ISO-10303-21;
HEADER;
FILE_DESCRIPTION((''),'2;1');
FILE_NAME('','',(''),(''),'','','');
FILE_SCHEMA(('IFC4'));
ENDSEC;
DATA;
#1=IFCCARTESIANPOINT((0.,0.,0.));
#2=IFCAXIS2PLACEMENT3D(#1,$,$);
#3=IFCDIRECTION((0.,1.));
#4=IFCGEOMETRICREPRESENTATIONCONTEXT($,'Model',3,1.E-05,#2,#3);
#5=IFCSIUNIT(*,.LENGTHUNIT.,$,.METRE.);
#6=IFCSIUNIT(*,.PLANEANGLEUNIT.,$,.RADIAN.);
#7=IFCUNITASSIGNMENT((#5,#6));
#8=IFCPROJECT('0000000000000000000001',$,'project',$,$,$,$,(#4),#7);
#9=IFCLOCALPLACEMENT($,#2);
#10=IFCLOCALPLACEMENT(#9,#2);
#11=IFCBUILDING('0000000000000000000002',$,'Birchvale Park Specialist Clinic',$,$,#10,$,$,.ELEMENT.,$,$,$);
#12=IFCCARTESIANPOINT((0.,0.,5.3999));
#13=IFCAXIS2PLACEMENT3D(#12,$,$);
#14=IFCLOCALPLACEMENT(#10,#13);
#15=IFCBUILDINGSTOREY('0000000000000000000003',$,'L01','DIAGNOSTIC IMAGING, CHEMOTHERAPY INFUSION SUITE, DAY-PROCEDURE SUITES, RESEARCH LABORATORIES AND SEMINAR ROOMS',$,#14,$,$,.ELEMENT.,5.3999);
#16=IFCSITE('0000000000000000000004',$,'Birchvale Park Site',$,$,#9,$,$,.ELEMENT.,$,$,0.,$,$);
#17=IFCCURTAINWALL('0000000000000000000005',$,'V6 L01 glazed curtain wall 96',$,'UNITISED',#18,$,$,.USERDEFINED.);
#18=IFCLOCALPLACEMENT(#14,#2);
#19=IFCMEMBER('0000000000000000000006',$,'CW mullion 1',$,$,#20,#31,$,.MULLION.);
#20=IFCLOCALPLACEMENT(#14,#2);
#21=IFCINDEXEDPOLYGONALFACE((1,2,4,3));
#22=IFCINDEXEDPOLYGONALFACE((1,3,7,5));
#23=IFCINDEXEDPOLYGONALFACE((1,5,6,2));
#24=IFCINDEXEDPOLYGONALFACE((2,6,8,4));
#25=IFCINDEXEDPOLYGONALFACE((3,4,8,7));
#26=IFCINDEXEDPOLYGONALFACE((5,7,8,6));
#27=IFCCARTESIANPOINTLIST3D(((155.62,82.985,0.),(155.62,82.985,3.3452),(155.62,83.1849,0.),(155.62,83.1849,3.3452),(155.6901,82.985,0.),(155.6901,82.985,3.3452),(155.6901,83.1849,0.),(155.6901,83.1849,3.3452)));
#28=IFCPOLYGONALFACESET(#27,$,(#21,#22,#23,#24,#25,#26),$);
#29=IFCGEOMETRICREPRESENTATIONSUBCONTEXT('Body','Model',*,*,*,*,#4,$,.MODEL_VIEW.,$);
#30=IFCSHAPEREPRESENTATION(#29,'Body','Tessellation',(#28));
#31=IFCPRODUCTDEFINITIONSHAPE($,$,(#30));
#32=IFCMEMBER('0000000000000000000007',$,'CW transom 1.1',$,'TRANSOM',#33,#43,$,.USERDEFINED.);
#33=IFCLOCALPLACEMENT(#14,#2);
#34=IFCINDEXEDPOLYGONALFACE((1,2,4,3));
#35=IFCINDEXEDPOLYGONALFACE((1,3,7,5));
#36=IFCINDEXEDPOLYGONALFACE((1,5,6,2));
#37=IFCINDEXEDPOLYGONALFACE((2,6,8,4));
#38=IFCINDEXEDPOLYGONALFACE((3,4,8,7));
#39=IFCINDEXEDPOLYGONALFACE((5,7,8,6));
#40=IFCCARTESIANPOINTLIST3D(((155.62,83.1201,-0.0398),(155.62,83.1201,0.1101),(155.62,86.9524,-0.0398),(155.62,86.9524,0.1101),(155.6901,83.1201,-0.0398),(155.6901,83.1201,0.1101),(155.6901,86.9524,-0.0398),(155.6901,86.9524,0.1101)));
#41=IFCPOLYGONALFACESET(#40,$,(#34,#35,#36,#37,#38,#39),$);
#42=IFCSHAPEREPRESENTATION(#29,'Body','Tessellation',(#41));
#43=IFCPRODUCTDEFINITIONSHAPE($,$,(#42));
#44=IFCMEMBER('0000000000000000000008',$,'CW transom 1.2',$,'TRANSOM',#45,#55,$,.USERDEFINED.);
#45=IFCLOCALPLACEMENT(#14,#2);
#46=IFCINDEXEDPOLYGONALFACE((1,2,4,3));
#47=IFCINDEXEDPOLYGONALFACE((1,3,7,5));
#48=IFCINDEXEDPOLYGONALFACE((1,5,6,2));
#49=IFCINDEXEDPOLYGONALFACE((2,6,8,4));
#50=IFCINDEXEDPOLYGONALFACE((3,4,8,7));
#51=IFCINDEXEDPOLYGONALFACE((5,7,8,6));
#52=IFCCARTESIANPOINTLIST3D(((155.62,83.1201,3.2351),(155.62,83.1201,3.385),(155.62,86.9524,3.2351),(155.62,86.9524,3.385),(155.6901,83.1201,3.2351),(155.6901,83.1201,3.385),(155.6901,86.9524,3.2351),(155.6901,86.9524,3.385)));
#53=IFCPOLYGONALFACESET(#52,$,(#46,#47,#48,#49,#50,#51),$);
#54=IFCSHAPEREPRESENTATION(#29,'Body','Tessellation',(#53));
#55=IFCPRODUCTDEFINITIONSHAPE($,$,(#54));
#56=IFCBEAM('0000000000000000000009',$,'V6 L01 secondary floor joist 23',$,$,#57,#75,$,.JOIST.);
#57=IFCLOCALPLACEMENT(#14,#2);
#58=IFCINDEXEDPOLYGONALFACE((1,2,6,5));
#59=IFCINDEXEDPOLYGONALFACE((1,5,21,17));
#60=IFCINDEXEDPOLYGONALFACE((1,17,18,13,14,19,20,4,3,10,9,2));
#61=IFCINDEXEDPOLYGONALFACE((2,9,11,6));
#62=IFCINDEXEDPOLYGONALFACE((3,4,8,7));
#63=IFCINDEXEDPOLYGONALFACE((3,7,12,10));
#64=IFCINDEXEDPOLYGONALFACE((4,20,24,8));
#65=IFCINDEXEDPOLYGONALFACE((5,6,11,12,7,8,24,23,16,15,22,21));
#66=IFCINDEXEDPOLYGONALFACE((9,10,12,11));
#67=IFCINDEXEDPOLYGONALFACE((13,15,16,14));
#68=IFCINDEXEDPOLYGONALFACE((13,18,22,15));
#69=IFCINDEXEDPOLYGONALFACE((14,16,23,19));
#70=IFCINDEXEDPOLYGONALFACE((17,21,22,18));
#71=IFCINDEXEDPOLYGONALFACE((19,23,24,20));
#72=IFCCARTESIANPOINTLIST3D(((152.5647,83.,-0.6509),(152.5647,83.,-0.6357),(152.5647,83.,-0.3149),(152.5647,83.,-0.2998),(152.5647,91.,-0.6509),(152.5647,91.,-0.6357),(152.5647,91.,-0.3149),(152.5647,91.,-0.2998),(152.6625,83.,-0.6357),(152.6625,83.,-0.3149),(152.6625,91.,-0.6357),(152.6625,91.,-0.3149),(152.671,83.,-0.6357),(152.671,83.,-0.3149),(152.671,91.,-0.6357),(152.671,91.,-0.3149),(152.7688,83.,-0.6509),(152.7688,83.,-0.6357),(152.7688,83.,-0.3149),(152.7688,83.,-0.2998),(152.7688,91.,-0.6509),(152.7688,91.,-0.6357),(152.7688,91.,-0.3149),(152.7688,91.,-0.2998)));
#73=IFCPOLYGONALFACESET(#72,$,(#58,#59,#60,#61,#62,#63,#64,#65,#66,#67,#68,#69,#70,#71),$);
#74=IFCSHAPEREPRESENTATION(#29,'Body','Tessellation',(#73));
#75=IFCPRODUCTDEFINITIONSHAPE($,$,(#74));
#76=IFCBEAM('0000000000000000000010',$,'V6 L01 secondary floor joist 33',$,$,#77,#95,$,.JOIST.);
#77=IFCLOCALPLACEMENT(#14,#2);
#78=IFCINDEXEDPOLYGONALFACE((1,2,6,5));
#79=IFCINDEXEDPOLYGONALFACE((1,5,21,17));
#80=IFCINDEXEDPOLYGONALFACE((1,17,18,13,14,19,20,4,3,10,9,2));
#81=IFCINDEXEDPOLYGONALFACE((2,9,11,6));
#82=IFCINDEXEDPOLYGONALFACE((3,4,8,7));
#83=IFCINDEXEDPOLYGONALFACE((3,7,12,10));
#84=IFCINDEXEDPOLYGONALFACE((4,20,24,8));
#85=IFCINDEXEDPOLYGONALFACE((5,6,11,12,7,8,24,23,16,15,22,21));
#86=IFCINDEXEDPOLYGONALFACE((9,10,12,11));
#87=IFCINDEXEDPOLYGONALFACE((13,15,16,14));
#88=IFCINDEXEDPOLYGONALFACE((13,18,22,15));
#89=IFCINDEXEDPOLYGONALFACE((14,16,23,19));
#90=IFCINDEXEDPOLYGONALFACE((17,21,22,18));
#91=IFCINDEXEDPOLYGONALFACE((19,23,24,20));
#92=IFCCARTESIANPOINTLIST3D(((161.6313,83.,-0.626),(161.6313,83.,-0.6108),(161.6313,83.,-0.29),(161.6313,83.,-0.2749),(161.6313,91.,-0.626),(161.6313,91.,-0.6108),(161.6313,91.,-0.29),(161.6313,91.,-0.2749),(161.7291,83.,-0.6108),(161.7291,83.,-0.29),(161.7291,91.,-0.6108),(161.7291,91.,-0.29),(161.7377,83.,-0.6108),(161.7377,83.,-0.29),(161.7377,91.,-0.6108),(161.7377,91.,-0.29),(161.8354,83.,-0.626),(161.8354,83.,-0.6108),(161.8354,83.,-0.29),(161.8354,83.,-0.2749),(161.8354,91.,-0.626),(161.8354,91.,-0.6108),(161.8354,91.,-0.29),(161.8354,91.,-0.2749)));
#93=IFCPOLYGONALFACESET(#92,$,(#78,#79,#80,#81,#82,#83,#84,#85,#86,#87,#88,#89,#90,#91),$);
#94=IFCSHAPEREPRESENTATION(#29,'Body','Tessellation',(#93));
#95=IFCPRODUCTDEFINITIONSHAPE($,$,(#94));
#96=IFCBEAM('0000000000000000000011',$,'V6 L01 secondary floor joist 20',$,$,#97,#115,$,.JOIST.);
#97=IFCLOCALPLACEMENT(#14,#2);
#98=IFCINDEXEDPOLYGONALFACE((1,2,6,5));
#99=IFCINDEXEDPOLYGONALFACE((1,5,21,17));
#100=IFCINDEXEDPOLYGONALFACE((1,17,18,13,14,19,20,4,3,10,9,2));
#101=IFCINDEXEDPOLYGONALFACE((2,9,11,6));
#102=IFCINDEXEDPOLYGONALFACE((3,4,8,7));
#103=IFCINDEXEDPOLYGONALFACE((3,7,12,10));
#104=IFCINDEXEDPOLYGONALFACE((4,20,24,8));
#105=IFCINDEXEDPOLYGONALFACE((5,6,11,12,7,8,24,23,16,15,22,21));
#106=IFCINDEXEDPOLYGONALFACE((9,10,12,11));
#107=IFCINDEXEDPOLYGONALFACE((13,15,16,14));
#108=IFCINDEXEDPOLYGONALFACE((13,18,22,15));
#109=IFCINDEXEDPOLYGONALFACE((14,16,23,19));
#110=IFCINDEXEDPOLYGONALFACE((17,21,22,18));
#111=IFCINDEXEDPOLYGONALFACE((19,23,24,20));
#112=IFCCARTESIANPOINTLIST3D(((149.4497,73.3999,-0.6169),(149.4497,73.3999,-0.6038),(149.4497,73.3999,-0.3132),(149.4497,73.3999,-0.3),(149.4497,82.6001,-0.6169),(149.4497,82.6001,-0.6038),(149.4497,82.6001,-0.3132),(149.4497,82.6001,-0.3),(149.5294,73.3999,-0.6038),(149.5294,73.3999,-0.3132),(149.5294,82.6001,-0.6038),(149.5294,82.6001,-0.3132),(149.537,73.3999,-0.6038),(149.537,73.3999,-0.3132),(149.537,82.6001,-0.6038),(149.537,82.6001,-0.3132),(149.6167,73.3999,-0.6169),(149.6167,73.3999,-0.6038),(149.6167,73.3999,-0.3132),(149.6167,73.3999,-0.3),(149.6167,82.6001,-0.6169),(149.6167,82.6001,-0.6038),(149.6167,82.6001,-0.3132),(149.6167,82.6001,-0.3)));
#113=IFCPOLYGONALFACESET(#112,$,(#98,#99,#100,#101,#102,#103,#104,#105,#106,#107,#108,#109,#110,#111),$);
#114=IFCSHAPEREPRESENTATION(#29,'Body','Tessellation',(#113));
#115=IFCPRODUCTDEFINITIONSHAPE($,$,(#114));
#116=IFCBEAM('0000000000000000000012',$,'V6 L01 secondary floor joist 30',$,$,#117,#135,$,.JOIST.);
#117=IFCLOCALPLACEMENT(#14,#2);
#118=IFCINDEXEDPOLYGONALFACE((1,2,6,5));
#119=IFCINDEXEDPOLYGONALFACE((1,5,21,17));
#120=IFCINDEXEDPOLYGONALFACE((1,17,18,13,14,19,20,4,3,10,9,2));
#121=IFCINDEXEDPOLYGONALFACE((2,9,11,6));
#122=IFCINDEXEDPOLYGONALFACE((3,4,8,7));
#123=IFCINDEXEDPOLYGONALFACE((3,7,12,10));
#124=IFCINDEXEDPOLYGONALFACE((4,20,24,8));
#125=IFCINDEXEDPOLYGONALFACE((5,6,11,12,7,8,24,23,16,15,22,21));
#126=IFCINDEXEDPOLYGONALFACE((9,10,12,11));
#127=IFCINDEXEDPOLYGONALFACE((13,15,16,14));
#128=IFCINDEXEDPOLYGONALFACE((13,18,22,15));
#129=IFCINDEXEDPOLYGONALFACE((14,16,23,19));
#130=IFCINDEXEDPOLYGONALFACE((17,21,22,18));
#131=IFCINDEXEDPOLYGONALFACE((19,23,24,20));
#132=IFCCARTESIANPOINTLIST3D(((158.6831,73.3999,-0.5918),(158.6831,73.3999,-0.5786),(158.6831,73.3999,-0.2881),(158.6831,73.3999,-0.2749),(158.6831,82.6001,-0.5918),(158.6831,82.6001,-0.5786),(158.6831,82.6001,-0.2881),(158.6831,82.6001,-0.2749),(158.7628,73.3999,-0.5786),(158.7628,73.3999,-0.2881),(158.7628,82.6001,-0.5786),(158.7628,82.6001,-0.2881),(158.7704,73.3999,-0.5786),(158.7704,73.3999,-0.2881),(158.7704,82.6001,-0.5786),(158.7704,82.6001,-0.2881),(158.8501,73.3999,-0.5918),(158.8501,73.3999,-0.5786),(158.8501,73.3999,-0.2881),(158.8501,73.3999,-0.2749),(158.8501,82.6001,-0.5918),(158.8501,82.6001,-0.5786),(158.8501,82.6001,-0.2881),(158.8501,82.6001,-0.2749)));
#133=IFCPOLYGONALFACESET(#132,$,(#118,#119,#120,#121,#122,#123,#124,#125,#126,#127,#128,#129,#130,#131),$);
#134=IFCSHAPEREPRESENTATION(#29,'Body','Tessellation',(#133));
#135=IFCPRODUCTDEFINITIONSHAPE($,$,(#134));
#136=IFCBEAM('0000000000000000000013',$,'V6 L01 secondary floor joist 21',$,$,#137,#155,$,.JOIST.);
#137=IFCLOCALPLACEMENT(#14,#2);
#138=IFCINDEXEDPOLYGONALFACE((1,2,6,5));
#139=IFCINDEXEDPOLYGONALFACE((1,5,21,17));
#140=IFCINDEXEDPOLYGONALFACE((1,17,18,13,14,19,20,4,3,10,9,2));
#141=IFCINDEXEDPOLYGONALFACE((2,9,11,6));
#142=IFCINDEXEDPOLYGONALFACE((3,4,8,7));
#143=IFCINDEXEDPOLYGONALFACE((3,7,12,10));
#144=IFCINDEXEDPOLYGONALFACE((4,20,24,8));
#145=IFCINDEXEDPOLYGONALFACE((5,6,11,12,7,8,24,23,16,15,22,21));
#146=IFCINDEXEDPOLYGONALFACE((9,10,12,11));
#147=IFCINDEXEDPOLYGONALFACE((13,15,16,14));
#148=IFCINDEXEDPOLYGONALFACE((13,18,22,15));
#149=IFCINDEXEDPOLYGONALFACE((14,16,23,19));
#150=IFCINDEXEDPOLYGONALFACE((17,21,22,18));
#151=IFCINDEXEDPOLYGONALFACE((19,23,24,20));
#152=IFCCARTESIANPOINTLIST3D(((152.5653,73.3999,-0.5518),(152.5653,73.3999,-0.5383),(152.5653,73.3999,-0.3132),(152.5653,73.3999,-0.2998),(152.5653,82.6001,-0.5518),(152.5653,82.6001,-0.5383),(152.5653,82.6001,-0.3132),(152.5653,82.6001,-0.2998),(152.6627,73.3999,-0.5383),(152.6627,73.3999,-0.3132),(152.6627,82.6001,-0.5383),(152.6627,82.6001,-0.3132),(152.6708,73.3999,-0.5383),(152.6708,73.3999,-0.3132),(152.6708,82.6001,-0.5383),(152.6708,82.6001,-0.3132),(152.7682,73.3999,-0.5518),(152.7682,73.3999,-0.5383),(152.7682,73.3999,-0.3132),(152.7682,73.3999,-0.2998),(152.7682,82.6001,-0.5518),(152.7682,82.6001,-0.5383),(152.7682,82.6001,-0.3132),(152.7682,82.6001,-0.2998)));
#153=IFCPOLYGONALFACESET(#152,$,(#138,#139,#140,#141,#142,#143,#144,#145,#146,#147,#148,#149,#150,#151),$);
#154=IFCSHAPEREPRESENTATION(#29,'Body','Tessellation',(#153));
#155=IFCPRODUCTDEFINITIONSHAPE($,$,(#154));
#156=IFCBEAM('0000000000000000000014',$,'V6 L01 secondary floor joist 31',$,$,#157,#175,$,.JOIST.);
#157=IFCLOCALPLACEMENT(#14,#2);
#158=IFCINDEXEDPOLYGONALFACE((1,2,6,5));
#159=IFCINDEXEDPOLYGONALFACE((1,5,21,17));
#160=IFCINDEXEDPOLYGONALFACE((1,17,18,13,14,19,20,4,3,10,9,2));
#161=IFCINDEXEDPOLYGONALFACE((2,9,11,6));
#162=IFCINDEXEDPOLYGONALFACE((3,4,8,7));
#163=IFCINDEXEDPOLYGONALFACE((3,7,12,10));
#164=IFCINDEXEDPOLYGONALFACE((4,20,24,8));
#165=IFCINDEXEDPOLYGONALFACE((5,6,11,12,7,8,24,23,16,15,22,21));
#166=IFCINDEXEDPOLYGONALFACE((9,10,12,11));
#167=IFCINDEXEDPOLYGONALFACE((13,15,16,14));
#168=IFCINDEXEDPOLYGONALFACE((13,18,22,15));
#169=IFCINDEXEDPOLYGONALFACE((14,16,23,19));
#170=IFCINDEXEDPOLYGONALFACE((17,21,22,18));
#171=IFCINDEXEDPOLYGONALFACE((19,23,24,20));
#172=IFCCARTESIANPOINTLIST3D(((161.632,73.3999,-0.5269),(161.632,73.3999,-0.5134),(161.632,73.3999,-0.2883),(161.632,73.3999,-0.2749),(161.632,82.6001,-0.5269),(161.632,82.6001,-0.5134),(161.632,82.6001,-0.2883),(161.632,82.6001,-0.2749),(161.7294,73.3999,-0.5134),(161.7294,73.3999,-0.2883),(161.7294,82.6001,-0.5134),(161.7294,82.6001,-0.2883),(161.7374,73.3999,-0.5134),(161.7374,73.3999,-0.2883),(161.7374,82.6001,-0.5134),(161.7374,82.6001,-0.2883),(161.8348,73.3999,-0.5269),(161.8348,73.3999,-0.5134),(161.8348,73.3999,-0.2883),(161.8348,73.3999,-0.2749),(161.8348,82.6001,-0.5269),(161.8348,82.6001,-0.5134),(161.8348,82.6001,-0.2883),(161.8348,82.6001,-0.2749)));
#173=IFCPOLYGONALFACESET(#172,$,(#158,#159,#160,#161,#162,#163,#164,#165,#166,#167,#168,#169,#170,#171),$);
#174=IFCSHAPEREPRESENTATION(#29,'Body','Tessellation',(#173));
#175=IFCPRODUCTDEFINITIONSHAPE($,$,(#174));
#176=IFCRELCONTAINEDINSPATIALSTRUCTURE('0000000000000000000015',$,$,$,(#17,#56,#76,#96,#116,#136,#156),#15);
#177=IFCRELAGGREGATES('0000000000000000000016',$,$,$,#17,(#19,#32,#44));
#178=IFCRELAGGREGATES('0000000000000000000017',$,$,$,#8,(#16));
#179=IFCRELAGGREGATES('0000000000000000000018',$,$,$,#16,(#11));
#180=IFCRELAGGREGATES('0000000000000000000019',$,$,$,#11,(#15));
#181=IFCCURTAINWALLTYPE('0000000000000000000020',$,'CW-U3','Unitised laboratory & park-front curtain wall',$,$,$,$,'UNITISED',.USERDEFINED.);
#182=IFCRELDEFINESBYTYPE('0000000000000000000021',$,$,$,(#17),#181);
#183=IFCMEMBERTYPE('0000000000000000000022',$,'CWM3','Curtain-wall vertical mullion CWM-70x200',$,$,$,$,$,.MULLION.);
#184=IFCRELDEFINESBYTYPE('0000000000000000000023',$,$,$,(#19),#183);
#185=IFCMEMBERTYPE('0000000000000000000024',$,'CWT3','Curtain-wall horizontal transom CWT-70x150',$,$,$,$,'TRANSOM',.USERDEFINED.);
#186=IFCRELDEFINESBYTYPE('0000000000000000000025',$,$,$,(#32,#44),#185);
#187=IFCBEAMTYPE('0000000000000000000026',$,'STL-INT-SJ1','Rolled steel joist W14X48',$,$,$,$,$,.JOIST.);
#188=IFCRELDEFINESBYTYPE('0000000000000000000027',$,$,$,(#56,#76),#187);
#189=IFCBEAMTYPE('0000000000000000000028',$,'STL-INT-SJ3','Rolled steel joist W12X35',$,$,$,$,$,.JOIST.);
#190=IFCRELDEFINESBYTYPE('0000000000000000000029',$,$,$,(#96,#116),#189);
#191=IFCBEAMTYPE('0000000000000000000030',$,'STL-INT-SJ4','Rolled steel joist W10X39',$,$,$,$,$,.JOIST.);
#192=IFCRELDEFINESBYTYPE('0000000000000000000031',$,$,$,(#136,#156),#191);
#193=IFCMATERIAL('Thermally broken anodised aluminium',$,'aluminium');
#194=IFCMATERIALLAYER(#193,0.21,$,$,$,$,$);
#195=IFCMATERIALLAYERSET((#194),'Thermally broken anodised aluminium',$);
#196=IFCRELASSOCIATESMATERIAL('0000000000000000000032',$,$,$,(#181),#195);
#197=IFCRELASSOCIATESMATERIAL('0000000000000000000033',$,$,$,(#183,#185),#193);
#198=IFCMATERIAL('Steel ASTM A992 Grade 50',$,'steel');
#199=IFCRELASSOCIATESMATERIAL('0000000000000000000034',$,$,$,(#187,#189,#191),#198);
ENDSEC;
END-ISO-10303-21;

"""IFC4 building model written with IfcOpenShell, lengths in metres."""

from ifc_helpers import new_model, si_unit, direction, frame, origin, origin_2d, place, context, subcontext, project, spatial, rectangle, i_section, extrude, material, layer, layer_set, material_profile, profile_set, type_object, element, aggregate, save


model = new_model("IFC4")

# Units and contexts
model_context = context("Model", 3, precision=1e-05, world=origin(), true_north=direction((0.0, 1.0)))
body_context = subcontext(model_context, "Body", "Model", "MODEL_VIEW")
ifc_project = project(units=[si_unit("LENGTHUNIT", "METRE"), si_unit("PLANEANGLEUNIT", "RADIAN")], contexts=[model_context])

# Site, building, storey
site_placement = place(None, origin())
site = spatial("IfcSite", under=ifc_project, at=site_placement, Name="Birchvale Park Site", CompositionType="ELEMENT", RefElevation=0.0)
building_placement = place(site_placement, origin())
building = spatial("IfcBuilding", under=site, at=building_placement, Name="Birchvale Park Specialist Clinic", CompositionType="ELEMENT")
storey_placement = place(building_placement, frame((0.0, 0.0, 5.3999)))
storey = spatial("IfcBuildingStorey", under=building, at=storey_placement, Name="L01", Description="DIAGNOSTIC IMAGING, CHEMOTHERAPY INFUSION SUITE, DAY-PROCEDURE SUITES, RESEARCH LABORATORIES AND SEMINAR ROOMS", CompositionType="ELEMENT", Elevation=5.3999)

# Curtain wall, members
ifc_material_1 = material(Name="Thermally broken anodised aluminium", Category="aluminium")
ifc_layer_1 = layer(ifc_material_1, 0.21)
ifc_layer_set_1 = layer_set([ifc_layer_1], Name="Thermally broken anodised aluminium")
curtain_wall_type = type_object("IfcCurtainWallType", Name="CW-U3", Description="Unitised laboratory & park-front curtain wall", ElementType="UNITISED", PredefinedType="USERDEFINED", material=ifc_layer_set_1)
curtain_wall_placement = place(storey_placement, origin())
curtain_wall = element("IfcCurtainWall", 1, at=curtain_wall_placement, inside=storey, type_object=curtain_wall_type, Name="V6 L01 glazed curtain wall 96", ObjectType="UNITISED", PredefinedType="USERDEFINED")
ifc_material_profile_1 = material_profile(ifc_material_1, rectangle(XDim=0.0701, YDim=0.2, at=origin_2d()), Name="CWM-70x200")
ifc_profile_set_1 = profile_set([ifc_material_profile_1], Name="Thermally broken anodised aluminium")
member_type_1 = type_object("IfcMemberType", Name="CWM3", Description="Curtain-wall vertical mullion CWM-70x200", PredefinedType="MULLION", material=ifc_profile_set_1)
member_1_placement = place(storey_placement, frame((155.655, 83.085, 0.0), z_axis=(0.0, 0.0, 1.0), x_axis=(-1.0, 0.0, 0.0)))
member_1 = element("IfcMember", 2, at=member_1_placement, type_object=member_type_1, Name="CW mullion 1", PredefinedType="MULLION", context=body_context, shape_type="SweptSolid", body=[
    extrude(rectangle(XDim=0.0701, YDim=0.2, at=origin_2d()), origin(), (0.0, 0.0, 1.0), 3.3452),
])
ifc_material_profile_2 = material_profile(ifc_material_1, rectangle(XDim=0.0701, YDim=0.1499, at=origin_2d()), Name="CWT-70x150")
ifc_profile_set_2 = profile_set([ifc_material_profile_2], Name="Thermally broken anodised aluminium")
member_type_2 = type_object("IfcMemberType", Name="CWT3", Description="Curtain-wall horizontal transom CWT-70x150", ElementType="TRANSOM", PredefinedType="USERDEFINED", material=ifc_profile_set_2)
member_2_placement = place(storey_placement, frame((155.655, 83.1201, 0.0352), z_axis=(0.0, 1.0, 0.0), x_axis=(-1.0, 0.0, 0.0)))
member_2 = element("IfcMember", 3, at=member_2_placement, type_object=member_type_2, Name="CW transom 1.1", ObjectType="TRANSOM", PredefinedType="USERDEFINED", context=body_context, shape_type="SweptSolid", body=[
    extrude(rectangle(XDim=0.0701, YDim=0.1499, at=origin_2d()), origin(), (0.0, 0.0, 1.0), 3.8323),
])
member_3_placement = place(storey_placement, frame((155.655, 83.1201, 3.3101), z_axis=(0.0, 1.0, 0.0), x_axis=(-1.0, 0.0, 0.0)))
member_3 = element("IfcMember", 4, at=member_3_placement, type_object=member_type_2, Name="CW transom 1.2", ObjectType="TRANSOM", PredefinedType="USERDEFINED", context=body_context, shape_type="SweptSolid", body=[
    extrude(rectangle(XDim=0.0701, YDim=0.1499, at=origin_2d()), origin(), (0.0, 0.0, 1.0), 3.8323),
])
aggregate(curtain_wall, [member_1, member_2, member_3])

# Beams
ifc_material_2 = material(Name="Steel ASTM A992 Grade 50", Category="steel")
ifc_material_profile_3 = material_profile(ifc_material_2, i_section(OverallWidth=0.2041, OverallDepth=0.3511, WebThickness=0.0085, FlangeThickness=0.0151, at=origin_2d()), Name="W14X48")
ifc_profile_set_3 = profile_set([ifc_material_profile_3], Name="Steel ASTM A992 Grade 50")
beam_type_1 = type_object("IfcBeamType", Name="STL-INT-SJ1", Description="Rolled steel joist W14X48", PredefinedType="JOIST", material=ifc_profile_set_3)
for number, where, z_axis, x_axis, name in (
    (5, (152.6667, 83.0, -0.4753), (0.0, 1.0, 0.0), (-1.0, 0.0, 0.0), "V6 L01 secondary floor joist 23"),
    (6, (161.7334, 83.0, -0.4504), (0.0, 1.0, 0.0), (-1.0, 0.0, 0.0), "V6 L01 secondary floor joist 33"),
):
    element("IfcBeam", number, at=place(storey_placement, frame(where, z_axis=z_axis, x_axis=x_axis)), inside=storey, type_object=beam_type_1, Name=name, PredefinedType="JOIST", context=body_context, shape_type="SweptSolid", body=[
        extrude(i_section(OverallWidth=0.2041, OverallDepth=0.3511, WebThickness=0.0085, FlangeThickness=0.0151, at=origin_2d()), origin(), (0.0, 0.0, 1.0), 8.0),
    ])
ifc_material_profile_4 = material_profile(ifc_material_2, i_section(OverallWidth=0.167, OverallDepth=0.3169, WebThickness=0.0076, FlangeThickness=0.0132, at=origin_2d()), Name="W12X35")
ifc_profile_set_4 = profile_set([ifc_material_profile_4], Name="Steel ASTM A992 Grade 50")
beam_type_2 = type_object("IfcBeamType", Name="STL-INT-SJ3", Description="Rolled steel joist W12X35", PredefinedType="JOIST", material=ifc_profile_set_4)
for number, where, z_axis, x_axis, name in (
    (7, (149.5332, 73.3999, -0.4585), (0.0, 1.0, 0.0), (-1.0, 0.0, 0.0), "V6 L01 secondary floor joist 20"),
    (8, (158.7666, 73.3999, -0.4333), (0.0, 1.0, 0.0), (-1.0, 0.0, 0.0), "V6 L01 secondary floor joist 30"),
):
    element("IfcBeam", number, at=place(storey_placement, frame(where, z_axis=z_axis, x_axis=x_axis)), inside=storey, type_object=beam_type_2, Name=name, PredefinedType="JOIST", context=body_context, shape_type="SweptSolid", body=[
        extrude(i_section(OverallWidth=0.167, OverallDepth=0.3169, WebThickness=0.0076, FlangeThickness=0.0132, at=origin_2d()), origin(), (0.0, 0.0, 1.0), 9.2002),
    ])
ifc_material_profile_5 = material_profile(ifc_material_2, i_section(OverallWidth=0.2029, OverallDepth=0.252, WebThickness=0.0081, FlangeThickness=0.0134, at=origin_2d()), Name="W10X39")
ifc_profile_set_5 = profile_set([ifc_material_profile_5], Name="Steel ASTM A992 Grade 50")
beam_type_3 = type_object("IfcBeamType", Name="STL-INT-SJ4", Description="Rolled steel joist W10X39", PredefinedType="JOIST", material=ifc_profile_set_5)
for number, where, z_axis, x_axis, name in (
    (9, (152.6667, 73.3999, -0.4258), (0.0, 1.0, 0.0), (-1.0, 0.0, 0.0), "V6 L01 secondary floor joist 21"),
    (10, (161.7334, 73.3999, -0.4009), (0.0, 1.0, 0.0), (-1.0, 0.0, 0.0), "V6 L01 secondary floor joist 31"),
):
    element("IfcBeam", number, at=place(storey_placement, frame(where, z_axis=z_axis, x_axis=x_axis)), inside=storey, type_object=beam_type_3, Name=name, PredefinedType="JOIST", context=body_context, shape_type="SweptSolid", body=[
        extrude(i_section(OverallWidth=0.2029, OverallDepth=0.252, WebThickness=0.0081, FlangeThickness=0.0134, at=origin_2d()), origin(), (0.0, 0.0, 1.0), 9.2002),
    ])

save(model, "model.ifc")
